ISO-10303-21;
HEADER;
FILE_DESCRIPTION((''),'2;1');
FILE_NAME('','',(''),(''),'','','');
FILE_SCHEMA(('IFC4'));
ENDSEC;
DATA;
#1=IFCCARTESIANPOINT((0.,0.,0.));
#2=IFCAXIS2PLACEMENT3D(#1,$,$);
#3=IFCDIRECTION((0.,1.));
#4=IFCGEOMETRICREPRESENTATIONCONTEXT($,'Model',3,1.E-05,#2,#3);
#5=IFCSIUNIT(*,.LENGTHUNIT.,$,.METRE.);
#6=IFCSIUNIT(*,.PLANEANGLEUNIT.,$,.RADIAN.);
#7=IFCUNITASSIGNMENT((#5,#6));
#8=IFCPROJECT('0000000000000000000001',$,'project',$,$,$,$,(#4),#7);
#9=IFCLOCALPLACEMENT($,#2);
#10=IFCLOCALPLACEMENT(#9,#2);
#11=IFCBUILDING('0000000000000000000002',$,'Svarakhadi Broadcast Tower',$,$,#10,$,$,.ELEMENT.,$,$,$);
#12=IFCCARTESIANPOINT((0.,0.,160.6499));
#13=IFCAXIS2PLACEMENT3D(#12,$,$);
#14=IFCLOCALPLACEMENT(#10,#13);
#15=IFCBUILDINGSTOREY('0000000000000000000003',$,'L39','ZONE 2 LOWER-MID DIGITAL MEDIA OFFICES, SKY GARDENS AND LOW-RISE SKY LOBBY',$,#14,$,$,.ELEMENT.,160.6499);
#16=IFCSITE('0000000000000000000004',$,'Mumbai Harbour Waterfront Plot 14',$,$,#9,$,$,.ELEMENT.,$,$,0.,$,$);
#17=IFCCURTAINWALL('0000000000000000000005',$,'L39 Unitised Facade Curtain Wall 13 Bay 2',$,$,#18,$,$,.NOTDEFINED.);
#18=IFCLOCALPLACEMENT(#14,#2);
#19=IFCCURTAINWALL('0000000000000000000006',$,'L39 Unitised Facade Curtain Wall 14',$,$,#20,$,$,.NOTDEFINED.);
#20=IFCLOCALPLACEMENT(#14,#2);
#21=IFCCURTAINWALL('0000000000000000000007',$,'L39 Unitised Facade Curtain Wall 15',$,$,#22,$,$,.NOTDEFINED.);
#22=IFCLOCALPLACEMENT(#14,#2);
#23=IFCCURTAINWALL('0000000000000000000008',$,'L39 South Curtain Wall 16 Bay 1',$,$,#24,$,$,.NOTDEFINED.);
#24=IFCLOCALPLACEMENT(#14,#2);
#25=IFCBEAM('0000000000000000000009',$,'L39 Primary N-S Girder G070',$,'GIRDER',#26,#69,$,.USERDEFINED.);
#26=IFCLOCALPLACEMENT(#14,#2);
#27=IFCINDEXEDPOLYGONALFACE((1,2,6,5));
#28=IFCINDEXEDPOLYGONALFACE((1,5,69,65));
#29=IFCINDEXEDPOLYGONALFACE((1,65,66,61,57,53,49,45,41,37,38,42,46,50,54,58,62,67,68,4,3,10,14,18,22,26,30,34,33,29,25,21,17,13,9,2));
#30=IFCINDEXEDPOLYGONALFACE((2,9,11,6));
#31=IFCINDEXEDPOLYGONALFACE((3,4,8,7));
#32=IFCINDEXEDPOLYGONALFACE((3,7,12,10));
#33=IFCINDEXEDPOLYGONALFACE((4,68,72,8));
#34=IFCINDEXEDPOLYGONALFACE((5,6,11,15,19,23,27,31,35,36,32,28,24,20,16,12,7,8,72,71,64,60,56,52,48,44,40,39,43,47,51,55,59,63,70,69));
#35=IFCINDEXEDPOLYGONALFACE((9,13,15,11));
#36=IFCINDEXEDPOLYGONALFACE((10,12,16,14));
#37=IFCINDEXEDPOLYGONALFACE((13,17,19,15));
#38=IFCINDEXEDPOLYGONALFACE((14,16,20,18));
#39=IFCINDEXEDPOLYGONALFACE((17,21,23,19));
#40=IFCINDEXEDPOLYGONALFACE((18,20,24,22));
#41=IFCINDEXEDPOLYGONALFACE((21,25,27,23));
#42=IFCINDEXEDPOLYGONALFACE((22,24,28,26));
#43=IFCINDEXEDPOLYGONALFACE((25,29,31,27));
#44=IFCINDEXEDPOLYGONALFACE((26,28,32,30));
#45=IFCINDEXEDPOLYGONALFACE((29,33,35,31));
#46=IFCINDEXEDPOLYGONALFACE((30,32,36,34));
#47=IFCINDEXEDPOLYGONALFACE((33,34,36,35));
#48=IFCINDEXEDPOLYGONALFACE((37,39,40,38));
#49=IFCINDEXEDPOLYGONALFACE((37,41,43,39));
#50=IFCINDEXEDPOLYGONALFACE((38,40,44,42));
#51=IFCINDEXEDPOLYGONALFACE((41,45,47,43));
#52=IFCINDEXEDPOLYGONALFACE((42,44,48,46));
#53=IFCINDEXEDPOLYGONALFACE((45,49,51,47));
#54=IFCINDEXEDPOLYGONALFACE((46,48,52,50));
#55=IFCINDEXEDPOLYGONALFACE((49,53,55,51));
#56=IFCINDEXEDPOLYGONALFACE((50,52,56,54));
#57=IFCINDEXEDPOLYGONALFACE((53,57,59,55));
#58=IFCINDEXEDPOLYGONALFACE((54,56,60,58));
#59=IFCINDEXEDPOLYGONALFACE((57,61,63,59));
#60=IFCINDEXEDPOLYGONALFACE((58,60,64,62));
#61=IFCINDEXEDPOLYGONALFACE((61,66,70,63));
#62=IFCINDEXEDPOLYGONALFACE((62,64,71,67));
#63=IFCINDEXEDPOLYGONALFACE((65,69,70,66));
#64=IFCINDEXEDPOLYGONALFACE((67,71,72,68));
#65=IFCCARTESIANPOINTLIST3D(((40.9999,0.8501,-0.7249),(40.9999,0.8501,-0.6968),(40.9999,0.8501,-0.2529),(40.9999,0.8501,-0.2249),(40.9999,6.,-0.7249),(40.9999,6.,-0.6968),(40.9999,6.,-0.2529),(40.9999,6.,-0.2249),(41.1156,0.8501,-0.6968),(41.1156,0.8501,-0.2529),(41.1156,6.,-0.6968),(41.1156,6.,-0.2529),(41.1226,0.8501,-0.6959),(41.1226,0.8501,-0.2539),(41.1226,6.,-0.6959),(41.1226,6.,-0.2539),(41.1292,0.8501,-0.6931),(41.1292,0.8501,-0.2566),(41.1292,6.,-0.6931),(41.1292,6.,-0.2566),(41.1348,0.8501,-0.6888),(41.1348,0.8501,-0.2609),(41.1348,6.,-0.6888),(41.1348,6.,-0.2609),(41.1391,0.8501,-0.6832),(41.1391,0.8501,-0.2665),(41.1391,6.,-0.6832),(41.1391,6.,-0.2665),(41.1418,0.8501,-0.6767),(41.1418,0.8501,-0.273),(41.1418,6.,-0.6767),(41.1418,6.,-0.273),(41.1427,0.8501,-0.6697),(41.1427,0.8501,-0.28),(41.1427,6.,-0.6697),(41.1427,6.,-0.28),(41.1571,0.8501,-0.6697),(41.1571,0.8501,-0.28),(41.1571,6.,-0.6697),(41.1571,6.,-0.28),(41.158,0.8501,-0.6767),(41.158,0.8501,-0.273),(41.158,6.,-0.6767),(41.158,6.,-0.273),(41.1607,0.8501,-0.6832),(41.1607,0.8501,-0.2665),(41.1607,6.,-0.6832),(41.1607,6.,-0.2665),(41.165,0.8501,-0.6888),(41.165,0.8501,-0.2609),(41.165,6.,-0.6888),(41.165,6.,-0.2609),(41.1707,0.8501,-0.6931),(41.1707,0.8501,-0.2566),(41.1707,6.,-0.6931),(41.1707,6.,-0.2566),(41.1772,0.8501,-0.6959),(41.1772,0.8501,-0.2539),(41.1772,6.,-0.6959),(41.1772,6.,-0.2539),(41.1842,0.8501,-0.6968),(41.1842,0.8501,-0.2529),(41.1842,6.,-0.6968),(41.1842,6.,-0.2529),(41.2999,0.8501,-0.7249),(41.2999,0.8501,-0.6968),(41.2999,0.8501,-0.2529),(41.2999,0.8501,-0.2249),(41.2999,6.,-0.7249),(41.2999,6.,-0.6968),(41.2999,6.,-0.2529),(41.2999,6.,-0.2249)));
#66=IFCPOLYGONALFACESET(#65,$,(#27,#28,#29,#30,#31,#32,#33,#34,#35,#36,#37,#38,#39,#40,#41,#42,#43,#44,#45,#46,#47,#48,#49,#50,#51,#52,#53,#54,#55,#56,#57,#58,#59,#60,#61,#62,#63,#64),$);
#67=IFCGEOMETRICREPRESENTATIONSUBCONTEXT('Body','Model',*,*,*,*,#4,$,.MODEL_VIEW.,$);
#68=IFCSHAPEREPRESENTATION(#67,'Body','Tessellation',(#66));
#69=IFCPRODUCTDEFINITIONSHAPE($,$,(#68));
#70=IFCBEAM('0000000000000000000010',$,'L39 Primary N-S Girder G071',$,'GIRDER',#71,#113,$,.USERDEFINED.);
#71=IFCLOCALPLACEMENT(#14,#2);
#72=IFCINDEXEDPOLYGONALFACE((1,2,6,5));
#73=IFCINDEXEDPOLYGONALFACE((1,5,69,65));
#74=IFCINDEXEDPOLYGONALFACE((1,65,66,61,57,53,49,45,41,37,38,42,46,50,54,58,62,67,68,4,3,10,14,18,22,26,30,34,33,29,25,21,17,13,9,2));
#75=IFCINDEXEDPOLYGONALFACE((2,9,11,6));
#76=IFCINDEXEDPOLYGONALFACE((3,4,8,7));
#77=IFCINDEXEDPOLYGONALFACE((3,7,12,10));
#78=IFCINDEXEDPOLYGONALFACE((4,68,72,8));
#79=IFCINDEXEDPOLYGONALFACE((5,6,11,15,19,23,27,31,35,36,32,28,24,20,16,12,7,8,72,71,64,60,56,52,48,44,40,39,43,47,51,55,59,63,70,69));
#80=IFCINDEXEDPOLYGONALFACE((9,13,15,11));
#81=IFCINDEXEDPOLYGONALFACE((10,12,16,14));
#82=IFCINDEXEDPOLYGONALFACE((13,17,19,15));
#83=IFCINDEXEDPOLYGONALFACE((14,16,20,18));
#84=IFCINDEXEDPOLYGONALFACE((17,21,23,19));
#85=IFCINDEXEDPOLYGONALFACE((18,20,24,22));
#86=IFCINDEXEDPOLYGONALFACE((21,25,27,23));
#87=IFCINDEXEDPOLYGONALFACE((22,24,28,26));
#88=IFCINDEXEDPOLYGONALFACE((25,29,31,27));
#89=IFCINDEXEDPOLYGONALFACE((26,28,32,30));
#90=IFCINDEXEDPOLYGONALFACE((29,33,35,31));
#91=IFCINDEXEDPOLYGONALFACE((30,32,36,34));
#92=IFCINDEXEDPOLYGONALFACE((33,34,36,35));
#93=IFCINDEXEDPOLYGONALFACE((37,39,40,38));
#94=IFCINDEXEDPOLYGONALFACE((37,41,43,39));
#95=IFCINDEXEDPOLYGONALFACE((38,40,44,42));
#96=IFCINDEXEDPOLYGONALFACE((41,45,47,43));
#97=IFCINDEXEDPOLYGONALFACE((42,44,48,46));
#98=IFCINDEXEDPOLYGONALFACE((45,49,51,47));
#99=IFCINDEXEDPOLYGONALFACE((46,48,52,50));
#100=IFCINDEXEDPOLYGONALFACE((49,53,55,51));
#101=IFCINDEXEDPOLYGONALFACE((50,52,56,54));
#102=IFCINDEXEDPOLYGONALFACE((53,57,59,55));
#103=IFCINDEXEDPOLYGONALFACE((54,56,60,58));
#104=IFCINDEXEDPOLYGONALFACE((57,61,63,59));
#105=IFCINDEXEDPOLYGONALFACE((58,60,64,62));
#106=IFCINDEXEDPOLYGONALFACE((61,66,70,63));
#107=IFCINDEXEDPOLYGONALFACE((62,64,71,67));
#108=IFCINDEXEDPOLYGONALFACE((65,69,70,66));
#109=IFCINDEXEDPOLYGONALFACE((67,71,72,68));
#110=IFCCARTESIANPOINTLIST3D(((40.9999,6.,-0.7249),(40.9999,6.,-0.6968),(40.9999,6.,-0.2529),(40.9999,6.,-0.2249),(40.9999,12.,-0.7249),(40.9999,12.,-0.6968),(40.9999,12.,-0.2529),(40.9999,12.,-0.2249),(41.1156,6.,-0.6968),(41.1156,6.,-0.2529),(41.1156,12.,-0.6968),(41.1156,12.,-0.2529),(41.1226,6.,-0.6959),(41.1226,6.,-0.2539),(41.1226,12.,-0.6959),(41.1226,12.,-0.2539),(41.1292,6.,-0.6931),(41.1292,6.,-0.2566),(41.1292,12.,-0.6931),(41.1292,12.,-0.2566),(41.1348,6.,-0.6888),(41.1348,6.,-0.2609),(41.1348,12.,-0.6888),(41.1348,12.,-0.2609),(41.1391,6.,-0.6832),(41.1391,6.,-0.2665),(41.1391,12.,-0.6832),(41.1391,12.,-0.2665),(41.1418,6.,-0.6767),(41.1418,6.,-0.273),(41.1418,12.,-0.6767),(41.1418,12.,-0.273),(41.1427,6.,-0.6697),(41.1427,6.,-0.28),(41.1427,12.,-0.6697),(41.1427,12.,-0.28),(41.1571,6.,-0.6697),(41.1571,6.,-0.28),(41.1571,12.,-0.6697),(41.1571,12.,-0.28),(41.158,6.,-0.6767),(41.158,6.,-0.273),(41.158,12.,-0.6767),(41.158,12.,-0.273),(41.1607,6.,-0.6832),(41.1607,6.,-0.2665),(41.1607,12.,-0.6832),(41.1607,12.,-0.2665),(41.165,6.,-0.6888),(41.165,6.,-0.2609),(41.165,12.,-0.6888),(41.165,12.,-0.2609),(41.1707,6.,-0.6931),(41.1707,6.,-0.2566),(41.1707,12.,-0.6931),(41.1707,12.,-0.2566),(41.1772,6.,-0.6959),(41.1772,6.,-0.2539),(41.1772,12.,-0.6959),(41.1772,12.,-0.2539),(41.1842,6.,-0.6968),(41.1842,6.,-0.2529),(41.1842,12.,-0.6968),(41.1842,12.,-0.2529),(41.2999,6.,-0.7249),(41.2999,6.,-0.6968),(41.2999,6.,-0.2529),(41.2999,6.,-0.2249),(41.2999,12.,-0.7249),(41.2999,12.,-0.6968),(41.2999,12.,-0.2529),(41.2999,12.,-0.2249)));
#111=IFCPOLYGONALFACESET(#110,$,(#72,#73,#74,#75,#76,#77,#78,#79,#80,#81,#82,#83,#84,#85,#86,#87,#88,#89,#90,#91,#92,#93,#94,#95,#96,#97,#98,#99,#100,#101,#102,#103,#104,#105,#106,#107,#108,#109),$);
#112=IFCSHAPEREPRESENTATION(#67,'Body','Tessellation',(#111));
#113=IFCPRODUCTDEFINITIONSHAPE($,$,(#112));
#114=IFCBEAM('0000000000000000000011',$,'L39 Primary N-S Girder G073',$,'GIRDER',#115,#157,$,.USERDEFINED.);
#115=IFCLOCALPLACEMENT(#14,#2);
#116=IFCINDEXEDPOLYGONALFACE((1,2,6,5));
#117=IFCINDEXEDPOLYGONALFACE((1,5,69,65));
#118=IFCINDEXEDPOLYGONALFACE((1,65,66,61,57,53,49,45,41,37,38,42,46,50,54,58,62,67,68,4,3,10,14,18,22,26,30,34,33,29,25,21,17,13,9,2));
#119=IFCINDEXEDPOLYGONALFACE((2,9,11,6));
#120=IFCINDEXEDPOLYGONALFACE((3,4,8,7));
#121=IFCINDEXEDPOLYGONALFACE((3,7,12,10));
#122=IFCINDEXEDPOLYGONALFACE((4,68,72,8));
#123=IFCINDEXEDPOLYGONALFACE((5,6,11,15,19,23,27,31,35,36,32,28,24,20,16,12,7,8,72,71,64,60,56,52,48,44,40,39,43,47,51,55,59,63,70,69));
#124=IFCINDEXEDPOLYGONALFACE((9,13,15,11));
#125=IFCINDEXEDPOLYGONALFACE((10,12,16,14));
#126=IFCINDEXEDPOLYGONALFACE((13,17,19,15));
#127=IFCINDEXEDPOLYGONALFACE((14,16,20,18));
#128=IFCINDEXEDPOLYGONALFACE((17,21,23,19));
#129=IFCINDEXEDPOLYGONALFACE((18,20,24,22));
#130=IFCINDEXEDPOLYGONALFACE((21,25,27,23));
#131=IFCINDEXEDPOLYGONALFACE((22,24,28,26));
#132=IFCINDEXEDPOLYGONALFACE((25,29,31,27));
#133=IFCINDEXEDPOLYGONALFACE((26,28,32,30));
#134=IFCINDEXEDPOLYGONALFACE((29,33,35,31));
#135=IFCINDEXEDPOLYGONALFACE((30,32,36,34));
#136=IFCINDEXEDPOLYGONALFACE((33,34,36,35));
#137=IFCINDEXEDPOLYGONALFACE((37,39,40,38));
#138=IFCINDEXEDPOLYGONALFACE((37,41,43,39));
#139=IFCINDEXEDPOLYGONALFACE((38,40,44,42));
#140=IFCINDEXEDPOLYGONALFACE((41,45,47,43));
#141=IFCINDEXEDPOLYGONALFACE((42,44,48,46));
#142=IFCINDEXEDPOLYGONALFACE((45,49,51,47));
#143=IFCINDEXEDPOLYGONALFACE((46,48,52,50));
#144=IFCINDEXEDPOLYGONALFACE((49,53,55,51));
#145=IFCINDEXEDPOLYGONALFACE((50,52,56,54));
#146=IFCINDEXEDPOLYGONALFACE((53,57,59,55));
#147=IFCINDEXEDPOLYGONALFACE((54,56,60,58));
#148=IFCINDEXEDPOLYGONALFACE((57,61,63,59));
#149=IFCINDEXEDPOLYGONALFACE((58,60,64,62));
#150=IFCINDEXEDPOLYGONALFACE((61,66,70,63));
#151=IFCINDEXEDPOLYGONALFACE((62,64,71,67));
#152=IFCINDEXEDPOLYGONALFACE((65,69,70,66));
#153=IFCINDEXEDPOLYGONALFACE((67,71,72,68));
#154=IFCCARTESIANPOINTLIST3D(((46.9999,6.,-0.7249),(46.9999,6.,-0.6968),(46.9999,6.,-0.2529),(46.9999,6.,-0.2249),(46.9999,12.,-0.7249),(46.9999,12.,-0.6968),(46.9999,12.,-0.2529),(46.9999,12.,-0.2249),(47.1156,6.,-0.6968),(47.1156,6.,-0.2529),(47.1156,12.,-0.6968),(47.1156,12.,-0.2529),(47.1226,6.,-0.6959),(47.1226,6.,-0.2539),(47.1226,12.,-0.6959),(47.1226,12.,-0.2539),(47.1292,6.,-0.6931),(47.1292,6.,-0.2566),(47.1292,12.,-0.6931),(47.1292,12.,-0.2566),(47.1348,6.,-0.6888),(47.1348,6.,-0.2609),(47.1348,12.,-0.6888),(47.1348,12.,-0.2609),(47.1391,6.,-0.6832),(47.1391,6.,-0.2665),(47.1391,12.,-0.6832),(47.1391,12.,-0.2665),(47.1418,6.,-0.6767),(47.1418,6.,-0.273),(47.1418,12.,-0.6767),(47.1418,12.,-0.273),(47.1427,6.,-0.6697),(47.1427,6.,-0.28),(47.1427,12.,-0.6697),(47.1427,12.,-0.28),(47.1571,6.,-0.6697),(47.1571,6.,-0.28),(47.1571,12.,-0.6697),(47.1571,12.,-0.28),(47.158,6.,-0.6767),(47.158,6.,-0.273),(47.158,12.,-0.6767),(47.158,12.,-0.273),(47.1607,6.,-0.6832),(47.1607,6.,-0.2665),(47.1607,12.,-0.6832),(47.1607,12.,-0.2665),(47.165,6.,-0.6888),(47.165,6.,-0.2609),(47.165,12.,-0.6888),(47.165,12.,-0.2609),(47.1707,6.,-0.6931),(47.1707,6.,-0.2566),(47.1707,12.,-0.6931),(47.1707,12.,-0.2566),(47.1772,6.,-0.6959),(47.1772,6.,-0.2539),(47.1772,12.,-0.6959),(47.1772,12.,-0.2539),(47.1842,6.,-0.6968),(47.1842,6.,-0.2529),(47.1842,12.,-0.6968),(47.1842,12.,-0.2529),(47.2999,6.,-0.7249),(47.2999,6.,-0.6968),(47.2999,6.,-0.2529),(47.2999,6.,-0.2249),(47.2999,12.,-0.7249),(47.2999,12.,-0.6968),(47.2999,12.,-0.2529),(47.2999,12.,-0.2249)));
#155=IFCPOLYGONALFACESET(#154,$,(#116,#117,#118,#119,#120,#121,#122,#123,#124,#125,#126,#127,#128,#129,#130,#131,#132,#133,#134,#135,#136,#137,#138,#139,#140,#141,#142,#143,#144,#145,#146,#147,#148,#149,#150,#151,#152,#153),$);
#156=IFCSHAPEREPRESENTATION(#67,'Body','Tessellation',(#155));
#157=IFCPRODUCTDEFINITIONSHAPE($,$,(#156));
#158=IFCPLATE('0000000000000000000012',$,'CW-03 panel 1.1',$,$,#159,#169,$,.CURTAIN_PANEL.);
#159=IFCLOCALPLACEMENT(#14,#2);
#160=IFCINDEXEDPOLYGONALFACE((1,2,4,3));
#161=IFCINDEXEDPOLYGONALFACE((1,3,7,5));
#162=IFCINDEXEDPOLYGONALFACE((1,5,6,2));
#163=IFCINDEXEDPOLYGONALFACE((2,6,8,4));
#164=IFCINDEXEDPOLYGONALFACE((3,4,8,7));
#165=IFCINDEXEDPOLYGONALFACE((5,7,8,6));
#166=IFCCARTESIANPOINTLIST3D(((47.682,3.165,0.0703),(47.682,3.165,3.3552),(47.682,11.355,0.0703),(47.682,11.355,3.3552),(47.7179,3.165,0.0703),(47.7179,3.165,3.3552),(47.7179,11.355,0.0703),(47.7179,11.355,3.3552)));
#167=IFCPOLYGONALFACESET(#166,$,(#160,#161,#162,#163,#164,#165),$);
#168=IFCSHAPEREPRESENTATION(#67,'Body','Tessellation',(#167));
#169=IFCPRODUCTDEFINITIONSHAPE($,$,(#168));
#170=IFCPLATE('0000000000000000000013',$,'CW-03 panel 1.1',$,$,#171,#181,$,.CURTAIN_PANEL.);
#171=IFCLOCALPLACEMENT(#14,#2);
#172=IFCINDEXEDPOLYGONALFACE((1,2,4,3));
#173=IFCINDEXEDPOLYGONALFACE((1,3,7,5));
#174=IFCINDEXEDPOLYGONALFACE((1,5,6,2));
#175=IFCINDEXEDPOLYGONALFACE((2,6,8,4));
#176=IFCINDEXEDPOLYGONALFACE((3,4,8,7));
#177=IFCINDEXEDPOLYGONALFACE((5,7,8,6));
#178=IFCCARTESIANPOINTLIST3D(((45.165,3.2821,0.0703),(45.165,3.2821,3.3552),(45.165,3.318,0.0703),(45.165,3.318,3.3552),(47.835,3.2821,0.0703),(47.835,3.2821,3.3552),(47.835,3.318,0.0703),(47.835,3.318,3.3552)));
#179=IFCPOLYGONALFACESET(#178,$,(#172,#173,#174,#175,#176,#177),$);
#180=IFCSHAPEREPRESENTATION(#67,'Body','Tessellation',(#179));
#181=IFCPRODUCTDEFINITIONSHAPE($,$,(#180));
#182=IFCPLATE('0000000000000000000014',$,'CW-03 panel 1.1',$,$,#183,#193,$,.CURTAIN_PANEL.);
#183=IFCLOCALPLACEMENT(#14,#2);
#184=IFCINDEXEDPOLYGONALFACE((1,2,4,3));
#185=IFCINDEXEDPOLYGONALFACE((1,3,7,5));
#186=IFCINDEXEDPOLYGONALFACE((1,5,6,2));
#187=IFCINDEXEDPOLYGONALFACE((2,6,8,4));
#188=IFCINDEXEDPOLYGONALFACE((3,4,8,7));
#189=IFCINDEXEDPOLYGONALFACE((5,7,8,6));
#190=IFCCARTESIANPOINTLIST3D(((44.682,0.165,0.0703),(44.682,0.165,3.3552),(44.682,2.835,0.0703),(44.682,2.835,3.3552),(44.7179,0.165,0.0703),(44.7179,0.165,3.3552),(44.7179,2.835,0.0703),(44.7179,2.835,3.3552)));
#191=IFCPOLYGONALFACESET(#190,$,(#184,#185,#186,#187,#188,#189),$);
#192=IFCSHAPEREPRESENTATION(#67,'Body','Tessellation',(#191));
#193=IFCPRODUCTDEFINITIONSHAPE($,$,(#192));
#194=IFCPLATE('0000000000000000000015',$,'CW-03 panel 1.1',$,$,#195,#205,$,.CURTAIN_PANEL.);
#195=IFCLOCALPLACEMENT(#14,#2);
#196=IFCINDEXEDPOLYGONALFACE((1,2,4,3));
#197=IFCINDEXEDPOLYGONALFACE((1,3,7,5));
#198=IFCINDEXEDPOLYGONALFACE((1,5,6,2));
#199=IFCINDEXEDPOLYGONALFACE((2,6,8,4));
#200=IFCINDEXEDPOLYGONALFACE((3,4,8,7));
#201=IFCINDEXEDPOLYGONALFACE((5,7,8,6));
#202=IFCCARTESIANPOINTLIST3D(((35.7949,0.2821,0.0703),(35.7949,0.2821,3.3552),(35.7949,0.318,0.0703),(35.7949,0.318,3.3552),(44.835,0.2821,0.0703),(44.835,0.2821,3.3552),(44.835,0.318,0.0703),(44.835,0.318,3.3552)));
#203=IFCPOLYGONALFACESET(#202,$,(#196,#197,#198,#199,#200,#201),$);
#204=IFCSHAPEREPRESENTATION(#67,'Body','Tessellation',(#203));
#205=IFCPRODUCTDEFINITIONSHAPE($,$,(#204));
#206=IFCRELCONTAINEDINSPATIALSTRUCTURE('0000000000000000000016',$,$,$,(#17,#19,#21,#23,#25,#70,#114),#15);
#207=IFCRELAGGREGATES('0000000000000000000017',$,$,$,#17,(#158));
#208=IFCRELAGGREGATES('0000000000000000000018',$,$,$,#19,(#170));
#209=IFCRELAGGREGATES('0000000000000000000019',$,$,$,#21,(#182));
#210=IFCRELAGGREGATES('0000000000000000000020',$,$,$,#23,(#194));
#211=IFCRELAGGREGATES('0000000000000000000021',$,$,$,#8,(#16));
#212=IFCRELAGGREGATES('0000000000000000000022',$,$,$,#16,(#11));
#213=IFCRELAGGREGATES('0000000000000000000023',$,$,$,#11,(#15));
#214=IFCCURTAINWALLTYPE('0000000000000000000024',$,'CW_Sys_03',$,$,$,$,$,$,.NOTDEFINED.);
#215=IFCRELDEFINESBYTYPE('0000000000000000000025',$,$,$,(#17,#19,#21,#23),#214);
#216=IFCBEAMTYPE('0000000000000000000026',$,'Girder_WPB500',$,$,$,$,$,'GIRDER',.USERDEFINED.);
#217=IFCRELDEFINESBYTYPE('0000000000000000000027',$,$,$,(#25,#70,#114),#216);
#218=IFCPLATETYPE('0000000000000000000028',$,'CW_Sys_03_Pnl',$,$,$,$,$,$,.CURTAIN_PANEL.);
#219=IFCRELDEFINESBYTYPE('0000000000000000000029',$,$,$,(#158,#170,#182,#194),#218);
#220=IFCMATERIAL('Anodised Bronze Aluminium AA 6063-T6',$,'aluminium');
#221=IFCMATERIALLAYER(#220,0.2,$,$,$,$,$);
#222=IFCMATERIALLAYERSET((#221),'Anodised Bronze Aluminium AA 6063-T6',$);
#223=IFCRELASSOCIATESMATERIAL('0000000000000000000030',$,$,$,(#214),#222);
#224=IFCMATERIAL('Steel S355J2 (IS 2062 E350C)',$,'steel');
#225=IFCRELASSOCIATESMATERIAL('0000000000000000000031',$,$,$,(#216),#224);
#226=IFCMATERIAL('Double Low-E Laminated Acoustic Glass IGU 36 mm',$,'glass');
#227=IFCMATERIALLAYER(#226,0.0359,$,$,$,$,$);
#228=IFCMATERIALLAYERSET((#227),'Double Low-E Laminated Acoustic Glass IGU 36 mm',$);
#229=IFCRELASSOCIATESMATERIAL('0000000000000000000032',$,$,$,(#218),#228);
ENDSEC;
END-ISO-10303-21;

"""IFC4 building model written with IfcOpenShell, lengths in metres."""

from ifc_helpers import new_model, si_unit, direction, frame, origin, origin_2d, place, context, subcontext, project, spatial, rectangle, i_section, extrude, material, layer, layer_set, material_profile, profile_set, type_object, element, aggregate, save


model = new_model("IFC4")

# Units and contexts
model_context = context("Model", 3, precision=1e-05, world=origin(), true_north=direction((0.0, 1.0)))
body_context = subcontext(model_context, "Body", "Model", "MODEL_VIEW")
ifc_project = project(units=[si_unit("LENGTHUNIT", "METRE"), si_unit("PLANEANGLEUNIT", "RADIAN")], contexts=[model_context])

# Site, building, storey
site_placement = place(None, origin())
site = spatial("IfcSite", under=ifc_project, at=site_placement, Name="Mumbai Harbour Waterfront Plot 14", CompositionType="ELEMENT", RefElevation=0.0)
building_placement = place(site_placement, origin())
building = spatial("IfcBuilding", under=site, at=building_placement, Name="Svarakhadi Broadcast Tower", CompositionType="ELEMENT")
storey_placement = place(building_placement, frame((0.0, 0.0, 160.6499)))
storey = spatial("IfcBuildingStorey", under=building, at=storey_placement, Name="L39", Description="ZONE 2 LOWER-MID DIGITAL MEDIA OFFICES, SKY GARDENS AND LOW-RISE SKY LOBBY", CompositionType="ELEMENT", Elevation=160.6499)

# Shared definitions
ifc_material_1 = material(Name="Steel S355J2 (IS 2062 E350C)", Category="steel")

# Curtain walls
ifc_material_2 = material(Name="Anodised Bronze Aluminium AA 6063-T6", Category="aluminium")
ifc_layer_1 = layer(ifc_material_2, 0.2)
ifc_layer_set_1 = layer_set([ifc_layer_1], Name="Anodised Bronze Aluminium AA 6063-T6")
curtain_wall_type = type_object("IfcCurtainWallType", Name="CW_Sys_03", PredefinedType="NOTDEFINED", material=ifc_layer_set_1)
curtain_wall_1_placement = place(storey_placement, origin())
curtain_wall_1 = element("IfcCurtainWall", 1, at=curtain_wall_1_placement, inside=storey, type_object=curtain_wall_type, Name="L39 Unitised Facade Curtain Wall 13 Bay 2", PredefinedType="NOTDEFINED")
curtain_wall_2_placement = place(storey_placement, origin())
curtain_wall_2 = element("IfcCurtainWall", 2, at=curtain_wall_2_placement, inside=storey, type_object=curtain_wall_type, Name="L39 Unitised Facade Curtain Wall 14", PredefinedType="NOTDEFINED")
curtain_wall_3_placement = place(storey_placement, origin())
curtain_wall_3 = element("IfcCurtainWall", 3, at=curtain_wall_3_placement, inside=storey, type_object=curtain_wall_type, Name="L39 Unitised Facade Curtain Wall 15", PredefinedType="NOTDEFINED")

# Curtain wall
curtain_wall_4_placement = place(storey_placement, origin())
curtain_wall_4 = element("IfcCurtainWall", 4, at=curtain_wall_4_placement, inside=storey, type_object=curtain_wall_type, Name="L39 South Curtain Wall 16 Bay 1", PredefinedType="NOTDEFINED")

# Beams
ifc_material_profile_1 = material_profile(ifc_material_1, i_section(OverallWidth=0.3, OverallDepth=0.5, WebThickness=0.0144, FlangeThickness=0.0281, FilletRadius=0.0271, at=origin_2d()), Name="WPB 500x300x187")
ifc_profile_set_1 = profile_set([ifc_material_profile_1], Name="Steel S355J2 (IS 2062 E350C)")
beam_type_1 = type_object("IfcBeamType", Name="Girder_WPB500", ElementType="GIRDER", PredefinedType="USERDEFINED", material=ifc_profile_set_1)
beam_1_placement = place(storey_placement, frame((41.1499, 0.8501, -0.4749), z_axis=(0.0, 1.0, 0.0), x_axis=(-1.0, 0.0, 0.0)))
element("IfcBeam", 5, at=beam_1_placement, inside=storey, type_object=beam_type_1, Name="L39 Primary N-S Girder G070", ObjectType="GIRDER", PredefinedType="USERDEFINED", context=body_context, shape_type="SweptSolid", body=[
    extrude(i_section(OverallWidth=0.3, OverallDepth=0.5, WebThickness=0.0144, FlangeThickness=0.0281, FilletRadius=0.0271, at=origin_2d()), origin(), (0.0, 0.0, 1.0), 5.1499),
])
for number, where, z_axis, x_axis, name in (
    (6, (41.1499, 6.0, -0.4749), (0.0, 1.0, 0.0), (-1.0, 0.0, 0.0), "L39 Primary N-S Girder G071"),
    (7, (47.1499, 6.0, -0.4749), (0.0, 1.0, 0.0), (-1.0, 0.0, 0.0), "L39 Primary N-S Girder G073"),
):
    element("IfcBeam", number, at=place(storey_placement, frame(where, z_axis=z_axis, x_axis=x_axis)), inside=storey, type_object=beam_type_1, Name=name, ObjectType="GIRDER", PredefinedType="USERDEFINED", context=body_context, shape_type="SweptSolid", body=[
        extrude(i_section(OverallWidth=0.3, OverallDepth=0.5, WebThickness=0.0144, FlangeThickness=0.0281, FilletRadius=0.0271, at=origin_2d()), origin(), (0.0, 0.0, 1.0), 6.0),
    ])

# Plates
ifc_material_3 = material(Name="Double Low-E Laminated Acoustic Glass IGU 36 mm", Category="glass")
ifc_layer_2 = layer(ifc_material_3, 0.0359)
ifc_layer_set_2 = layer_set([ifc_layer_2], Name="Double Low-E Laminated Acoustic Glass IGU 36 mm")
plate_type = type_object("IfcPlateType", Name="CW_Sys_03_Pnl", PredefinedType="CURTAIN_PANEL", material=ifc_layer_set_2)
plate_1_placement = place(storey_placement, frame((47.7, 7.26, 0.0703), z_axis=(0.0, 0.0, 1.0), x_axis=(0.0, -1.0, 0.0)))
plate_1 = element("IfcPlate", 8, at=plate_1_placement, type_object=plate_type, Name="CW-03 panel 1.1", PredefinedType="CURTAIN_PANEL", context=body_context, shape_type="SweptSolid", body=[
    extrude(rectangle(XDim=8.1899, YDim=0.0359, at=origin_2d()), origin(), (0.0, 0.0, 1.0), 3.2849),
])
aggregate(curtain_wall_1, [plate_1])
plate_2_placement = place(storey_placement, frame((46.5, 3.3, 0.0703), z_axis=(0.0, 0.0, 1.0), x_axis=(-1.0, 0.0, 0.0)))
plate_2 = element("IfcPlate", 9, at=plate_2_placement, type_object=plate_type, Name="CW-03 panel 1.1", PredefinedType="CURTAIN_PANEL", context=body_context, shape_type="SweptSolid", body=[
    extrude(rectangle(XDim=2.6699, YDim=0.0359, at=origin_2d()), origin(), (0.0, 0.0, 1.0), 3.2849),
])
aggregate(curtain_wall_2, [plate_2])
plate_3_placement = place(storey_placement, frame((44.7, 1.5, 0.0703), z_axis=(0.0, 0.0, 1.0), x_axis=(0.0, -1.0, 0.0)))
plate_3 = element("IfcPlate", 10, at=plate_3_placement, type_object=plate_type, Name="CW-03 panel 1.1", PredefinedType="CURTAIN_PANEL", context=body_context, shape_type="SweptSolid", body=[
    extrude(rectangle(XDim=2.6699, YDim=0.0359, at=origin_2d()), origin(), (0.0, 0.0, 1.0), 3.2849),
])
aggregate(curtain_wall_3, [plate_3])
plate_4_placement = place(storey_placement, frame((40.3149, 0.3, 0.0703), z_axis=(0.0, 0.0, 1.0), x_axis=(-1.0, 0.0, 0.0)))
plate_4 = element("IfcPlate", 11, at=plate_4_placement, type_object=plate_type, Name="CW-03 panel 1.1", PredefinedType="CURTAIN_PANEL", context=body_context, shape_type="SweptSolid", body=[
    extrude(rectangle(XDim=9.04, YDim=0.0359, at=origin_2d()), origin(), (0.0, 0.0, 1.0), 3.2849),
])
aggregate(curtain_wall_4, [plate_4])

save(model, "model.ifc")
